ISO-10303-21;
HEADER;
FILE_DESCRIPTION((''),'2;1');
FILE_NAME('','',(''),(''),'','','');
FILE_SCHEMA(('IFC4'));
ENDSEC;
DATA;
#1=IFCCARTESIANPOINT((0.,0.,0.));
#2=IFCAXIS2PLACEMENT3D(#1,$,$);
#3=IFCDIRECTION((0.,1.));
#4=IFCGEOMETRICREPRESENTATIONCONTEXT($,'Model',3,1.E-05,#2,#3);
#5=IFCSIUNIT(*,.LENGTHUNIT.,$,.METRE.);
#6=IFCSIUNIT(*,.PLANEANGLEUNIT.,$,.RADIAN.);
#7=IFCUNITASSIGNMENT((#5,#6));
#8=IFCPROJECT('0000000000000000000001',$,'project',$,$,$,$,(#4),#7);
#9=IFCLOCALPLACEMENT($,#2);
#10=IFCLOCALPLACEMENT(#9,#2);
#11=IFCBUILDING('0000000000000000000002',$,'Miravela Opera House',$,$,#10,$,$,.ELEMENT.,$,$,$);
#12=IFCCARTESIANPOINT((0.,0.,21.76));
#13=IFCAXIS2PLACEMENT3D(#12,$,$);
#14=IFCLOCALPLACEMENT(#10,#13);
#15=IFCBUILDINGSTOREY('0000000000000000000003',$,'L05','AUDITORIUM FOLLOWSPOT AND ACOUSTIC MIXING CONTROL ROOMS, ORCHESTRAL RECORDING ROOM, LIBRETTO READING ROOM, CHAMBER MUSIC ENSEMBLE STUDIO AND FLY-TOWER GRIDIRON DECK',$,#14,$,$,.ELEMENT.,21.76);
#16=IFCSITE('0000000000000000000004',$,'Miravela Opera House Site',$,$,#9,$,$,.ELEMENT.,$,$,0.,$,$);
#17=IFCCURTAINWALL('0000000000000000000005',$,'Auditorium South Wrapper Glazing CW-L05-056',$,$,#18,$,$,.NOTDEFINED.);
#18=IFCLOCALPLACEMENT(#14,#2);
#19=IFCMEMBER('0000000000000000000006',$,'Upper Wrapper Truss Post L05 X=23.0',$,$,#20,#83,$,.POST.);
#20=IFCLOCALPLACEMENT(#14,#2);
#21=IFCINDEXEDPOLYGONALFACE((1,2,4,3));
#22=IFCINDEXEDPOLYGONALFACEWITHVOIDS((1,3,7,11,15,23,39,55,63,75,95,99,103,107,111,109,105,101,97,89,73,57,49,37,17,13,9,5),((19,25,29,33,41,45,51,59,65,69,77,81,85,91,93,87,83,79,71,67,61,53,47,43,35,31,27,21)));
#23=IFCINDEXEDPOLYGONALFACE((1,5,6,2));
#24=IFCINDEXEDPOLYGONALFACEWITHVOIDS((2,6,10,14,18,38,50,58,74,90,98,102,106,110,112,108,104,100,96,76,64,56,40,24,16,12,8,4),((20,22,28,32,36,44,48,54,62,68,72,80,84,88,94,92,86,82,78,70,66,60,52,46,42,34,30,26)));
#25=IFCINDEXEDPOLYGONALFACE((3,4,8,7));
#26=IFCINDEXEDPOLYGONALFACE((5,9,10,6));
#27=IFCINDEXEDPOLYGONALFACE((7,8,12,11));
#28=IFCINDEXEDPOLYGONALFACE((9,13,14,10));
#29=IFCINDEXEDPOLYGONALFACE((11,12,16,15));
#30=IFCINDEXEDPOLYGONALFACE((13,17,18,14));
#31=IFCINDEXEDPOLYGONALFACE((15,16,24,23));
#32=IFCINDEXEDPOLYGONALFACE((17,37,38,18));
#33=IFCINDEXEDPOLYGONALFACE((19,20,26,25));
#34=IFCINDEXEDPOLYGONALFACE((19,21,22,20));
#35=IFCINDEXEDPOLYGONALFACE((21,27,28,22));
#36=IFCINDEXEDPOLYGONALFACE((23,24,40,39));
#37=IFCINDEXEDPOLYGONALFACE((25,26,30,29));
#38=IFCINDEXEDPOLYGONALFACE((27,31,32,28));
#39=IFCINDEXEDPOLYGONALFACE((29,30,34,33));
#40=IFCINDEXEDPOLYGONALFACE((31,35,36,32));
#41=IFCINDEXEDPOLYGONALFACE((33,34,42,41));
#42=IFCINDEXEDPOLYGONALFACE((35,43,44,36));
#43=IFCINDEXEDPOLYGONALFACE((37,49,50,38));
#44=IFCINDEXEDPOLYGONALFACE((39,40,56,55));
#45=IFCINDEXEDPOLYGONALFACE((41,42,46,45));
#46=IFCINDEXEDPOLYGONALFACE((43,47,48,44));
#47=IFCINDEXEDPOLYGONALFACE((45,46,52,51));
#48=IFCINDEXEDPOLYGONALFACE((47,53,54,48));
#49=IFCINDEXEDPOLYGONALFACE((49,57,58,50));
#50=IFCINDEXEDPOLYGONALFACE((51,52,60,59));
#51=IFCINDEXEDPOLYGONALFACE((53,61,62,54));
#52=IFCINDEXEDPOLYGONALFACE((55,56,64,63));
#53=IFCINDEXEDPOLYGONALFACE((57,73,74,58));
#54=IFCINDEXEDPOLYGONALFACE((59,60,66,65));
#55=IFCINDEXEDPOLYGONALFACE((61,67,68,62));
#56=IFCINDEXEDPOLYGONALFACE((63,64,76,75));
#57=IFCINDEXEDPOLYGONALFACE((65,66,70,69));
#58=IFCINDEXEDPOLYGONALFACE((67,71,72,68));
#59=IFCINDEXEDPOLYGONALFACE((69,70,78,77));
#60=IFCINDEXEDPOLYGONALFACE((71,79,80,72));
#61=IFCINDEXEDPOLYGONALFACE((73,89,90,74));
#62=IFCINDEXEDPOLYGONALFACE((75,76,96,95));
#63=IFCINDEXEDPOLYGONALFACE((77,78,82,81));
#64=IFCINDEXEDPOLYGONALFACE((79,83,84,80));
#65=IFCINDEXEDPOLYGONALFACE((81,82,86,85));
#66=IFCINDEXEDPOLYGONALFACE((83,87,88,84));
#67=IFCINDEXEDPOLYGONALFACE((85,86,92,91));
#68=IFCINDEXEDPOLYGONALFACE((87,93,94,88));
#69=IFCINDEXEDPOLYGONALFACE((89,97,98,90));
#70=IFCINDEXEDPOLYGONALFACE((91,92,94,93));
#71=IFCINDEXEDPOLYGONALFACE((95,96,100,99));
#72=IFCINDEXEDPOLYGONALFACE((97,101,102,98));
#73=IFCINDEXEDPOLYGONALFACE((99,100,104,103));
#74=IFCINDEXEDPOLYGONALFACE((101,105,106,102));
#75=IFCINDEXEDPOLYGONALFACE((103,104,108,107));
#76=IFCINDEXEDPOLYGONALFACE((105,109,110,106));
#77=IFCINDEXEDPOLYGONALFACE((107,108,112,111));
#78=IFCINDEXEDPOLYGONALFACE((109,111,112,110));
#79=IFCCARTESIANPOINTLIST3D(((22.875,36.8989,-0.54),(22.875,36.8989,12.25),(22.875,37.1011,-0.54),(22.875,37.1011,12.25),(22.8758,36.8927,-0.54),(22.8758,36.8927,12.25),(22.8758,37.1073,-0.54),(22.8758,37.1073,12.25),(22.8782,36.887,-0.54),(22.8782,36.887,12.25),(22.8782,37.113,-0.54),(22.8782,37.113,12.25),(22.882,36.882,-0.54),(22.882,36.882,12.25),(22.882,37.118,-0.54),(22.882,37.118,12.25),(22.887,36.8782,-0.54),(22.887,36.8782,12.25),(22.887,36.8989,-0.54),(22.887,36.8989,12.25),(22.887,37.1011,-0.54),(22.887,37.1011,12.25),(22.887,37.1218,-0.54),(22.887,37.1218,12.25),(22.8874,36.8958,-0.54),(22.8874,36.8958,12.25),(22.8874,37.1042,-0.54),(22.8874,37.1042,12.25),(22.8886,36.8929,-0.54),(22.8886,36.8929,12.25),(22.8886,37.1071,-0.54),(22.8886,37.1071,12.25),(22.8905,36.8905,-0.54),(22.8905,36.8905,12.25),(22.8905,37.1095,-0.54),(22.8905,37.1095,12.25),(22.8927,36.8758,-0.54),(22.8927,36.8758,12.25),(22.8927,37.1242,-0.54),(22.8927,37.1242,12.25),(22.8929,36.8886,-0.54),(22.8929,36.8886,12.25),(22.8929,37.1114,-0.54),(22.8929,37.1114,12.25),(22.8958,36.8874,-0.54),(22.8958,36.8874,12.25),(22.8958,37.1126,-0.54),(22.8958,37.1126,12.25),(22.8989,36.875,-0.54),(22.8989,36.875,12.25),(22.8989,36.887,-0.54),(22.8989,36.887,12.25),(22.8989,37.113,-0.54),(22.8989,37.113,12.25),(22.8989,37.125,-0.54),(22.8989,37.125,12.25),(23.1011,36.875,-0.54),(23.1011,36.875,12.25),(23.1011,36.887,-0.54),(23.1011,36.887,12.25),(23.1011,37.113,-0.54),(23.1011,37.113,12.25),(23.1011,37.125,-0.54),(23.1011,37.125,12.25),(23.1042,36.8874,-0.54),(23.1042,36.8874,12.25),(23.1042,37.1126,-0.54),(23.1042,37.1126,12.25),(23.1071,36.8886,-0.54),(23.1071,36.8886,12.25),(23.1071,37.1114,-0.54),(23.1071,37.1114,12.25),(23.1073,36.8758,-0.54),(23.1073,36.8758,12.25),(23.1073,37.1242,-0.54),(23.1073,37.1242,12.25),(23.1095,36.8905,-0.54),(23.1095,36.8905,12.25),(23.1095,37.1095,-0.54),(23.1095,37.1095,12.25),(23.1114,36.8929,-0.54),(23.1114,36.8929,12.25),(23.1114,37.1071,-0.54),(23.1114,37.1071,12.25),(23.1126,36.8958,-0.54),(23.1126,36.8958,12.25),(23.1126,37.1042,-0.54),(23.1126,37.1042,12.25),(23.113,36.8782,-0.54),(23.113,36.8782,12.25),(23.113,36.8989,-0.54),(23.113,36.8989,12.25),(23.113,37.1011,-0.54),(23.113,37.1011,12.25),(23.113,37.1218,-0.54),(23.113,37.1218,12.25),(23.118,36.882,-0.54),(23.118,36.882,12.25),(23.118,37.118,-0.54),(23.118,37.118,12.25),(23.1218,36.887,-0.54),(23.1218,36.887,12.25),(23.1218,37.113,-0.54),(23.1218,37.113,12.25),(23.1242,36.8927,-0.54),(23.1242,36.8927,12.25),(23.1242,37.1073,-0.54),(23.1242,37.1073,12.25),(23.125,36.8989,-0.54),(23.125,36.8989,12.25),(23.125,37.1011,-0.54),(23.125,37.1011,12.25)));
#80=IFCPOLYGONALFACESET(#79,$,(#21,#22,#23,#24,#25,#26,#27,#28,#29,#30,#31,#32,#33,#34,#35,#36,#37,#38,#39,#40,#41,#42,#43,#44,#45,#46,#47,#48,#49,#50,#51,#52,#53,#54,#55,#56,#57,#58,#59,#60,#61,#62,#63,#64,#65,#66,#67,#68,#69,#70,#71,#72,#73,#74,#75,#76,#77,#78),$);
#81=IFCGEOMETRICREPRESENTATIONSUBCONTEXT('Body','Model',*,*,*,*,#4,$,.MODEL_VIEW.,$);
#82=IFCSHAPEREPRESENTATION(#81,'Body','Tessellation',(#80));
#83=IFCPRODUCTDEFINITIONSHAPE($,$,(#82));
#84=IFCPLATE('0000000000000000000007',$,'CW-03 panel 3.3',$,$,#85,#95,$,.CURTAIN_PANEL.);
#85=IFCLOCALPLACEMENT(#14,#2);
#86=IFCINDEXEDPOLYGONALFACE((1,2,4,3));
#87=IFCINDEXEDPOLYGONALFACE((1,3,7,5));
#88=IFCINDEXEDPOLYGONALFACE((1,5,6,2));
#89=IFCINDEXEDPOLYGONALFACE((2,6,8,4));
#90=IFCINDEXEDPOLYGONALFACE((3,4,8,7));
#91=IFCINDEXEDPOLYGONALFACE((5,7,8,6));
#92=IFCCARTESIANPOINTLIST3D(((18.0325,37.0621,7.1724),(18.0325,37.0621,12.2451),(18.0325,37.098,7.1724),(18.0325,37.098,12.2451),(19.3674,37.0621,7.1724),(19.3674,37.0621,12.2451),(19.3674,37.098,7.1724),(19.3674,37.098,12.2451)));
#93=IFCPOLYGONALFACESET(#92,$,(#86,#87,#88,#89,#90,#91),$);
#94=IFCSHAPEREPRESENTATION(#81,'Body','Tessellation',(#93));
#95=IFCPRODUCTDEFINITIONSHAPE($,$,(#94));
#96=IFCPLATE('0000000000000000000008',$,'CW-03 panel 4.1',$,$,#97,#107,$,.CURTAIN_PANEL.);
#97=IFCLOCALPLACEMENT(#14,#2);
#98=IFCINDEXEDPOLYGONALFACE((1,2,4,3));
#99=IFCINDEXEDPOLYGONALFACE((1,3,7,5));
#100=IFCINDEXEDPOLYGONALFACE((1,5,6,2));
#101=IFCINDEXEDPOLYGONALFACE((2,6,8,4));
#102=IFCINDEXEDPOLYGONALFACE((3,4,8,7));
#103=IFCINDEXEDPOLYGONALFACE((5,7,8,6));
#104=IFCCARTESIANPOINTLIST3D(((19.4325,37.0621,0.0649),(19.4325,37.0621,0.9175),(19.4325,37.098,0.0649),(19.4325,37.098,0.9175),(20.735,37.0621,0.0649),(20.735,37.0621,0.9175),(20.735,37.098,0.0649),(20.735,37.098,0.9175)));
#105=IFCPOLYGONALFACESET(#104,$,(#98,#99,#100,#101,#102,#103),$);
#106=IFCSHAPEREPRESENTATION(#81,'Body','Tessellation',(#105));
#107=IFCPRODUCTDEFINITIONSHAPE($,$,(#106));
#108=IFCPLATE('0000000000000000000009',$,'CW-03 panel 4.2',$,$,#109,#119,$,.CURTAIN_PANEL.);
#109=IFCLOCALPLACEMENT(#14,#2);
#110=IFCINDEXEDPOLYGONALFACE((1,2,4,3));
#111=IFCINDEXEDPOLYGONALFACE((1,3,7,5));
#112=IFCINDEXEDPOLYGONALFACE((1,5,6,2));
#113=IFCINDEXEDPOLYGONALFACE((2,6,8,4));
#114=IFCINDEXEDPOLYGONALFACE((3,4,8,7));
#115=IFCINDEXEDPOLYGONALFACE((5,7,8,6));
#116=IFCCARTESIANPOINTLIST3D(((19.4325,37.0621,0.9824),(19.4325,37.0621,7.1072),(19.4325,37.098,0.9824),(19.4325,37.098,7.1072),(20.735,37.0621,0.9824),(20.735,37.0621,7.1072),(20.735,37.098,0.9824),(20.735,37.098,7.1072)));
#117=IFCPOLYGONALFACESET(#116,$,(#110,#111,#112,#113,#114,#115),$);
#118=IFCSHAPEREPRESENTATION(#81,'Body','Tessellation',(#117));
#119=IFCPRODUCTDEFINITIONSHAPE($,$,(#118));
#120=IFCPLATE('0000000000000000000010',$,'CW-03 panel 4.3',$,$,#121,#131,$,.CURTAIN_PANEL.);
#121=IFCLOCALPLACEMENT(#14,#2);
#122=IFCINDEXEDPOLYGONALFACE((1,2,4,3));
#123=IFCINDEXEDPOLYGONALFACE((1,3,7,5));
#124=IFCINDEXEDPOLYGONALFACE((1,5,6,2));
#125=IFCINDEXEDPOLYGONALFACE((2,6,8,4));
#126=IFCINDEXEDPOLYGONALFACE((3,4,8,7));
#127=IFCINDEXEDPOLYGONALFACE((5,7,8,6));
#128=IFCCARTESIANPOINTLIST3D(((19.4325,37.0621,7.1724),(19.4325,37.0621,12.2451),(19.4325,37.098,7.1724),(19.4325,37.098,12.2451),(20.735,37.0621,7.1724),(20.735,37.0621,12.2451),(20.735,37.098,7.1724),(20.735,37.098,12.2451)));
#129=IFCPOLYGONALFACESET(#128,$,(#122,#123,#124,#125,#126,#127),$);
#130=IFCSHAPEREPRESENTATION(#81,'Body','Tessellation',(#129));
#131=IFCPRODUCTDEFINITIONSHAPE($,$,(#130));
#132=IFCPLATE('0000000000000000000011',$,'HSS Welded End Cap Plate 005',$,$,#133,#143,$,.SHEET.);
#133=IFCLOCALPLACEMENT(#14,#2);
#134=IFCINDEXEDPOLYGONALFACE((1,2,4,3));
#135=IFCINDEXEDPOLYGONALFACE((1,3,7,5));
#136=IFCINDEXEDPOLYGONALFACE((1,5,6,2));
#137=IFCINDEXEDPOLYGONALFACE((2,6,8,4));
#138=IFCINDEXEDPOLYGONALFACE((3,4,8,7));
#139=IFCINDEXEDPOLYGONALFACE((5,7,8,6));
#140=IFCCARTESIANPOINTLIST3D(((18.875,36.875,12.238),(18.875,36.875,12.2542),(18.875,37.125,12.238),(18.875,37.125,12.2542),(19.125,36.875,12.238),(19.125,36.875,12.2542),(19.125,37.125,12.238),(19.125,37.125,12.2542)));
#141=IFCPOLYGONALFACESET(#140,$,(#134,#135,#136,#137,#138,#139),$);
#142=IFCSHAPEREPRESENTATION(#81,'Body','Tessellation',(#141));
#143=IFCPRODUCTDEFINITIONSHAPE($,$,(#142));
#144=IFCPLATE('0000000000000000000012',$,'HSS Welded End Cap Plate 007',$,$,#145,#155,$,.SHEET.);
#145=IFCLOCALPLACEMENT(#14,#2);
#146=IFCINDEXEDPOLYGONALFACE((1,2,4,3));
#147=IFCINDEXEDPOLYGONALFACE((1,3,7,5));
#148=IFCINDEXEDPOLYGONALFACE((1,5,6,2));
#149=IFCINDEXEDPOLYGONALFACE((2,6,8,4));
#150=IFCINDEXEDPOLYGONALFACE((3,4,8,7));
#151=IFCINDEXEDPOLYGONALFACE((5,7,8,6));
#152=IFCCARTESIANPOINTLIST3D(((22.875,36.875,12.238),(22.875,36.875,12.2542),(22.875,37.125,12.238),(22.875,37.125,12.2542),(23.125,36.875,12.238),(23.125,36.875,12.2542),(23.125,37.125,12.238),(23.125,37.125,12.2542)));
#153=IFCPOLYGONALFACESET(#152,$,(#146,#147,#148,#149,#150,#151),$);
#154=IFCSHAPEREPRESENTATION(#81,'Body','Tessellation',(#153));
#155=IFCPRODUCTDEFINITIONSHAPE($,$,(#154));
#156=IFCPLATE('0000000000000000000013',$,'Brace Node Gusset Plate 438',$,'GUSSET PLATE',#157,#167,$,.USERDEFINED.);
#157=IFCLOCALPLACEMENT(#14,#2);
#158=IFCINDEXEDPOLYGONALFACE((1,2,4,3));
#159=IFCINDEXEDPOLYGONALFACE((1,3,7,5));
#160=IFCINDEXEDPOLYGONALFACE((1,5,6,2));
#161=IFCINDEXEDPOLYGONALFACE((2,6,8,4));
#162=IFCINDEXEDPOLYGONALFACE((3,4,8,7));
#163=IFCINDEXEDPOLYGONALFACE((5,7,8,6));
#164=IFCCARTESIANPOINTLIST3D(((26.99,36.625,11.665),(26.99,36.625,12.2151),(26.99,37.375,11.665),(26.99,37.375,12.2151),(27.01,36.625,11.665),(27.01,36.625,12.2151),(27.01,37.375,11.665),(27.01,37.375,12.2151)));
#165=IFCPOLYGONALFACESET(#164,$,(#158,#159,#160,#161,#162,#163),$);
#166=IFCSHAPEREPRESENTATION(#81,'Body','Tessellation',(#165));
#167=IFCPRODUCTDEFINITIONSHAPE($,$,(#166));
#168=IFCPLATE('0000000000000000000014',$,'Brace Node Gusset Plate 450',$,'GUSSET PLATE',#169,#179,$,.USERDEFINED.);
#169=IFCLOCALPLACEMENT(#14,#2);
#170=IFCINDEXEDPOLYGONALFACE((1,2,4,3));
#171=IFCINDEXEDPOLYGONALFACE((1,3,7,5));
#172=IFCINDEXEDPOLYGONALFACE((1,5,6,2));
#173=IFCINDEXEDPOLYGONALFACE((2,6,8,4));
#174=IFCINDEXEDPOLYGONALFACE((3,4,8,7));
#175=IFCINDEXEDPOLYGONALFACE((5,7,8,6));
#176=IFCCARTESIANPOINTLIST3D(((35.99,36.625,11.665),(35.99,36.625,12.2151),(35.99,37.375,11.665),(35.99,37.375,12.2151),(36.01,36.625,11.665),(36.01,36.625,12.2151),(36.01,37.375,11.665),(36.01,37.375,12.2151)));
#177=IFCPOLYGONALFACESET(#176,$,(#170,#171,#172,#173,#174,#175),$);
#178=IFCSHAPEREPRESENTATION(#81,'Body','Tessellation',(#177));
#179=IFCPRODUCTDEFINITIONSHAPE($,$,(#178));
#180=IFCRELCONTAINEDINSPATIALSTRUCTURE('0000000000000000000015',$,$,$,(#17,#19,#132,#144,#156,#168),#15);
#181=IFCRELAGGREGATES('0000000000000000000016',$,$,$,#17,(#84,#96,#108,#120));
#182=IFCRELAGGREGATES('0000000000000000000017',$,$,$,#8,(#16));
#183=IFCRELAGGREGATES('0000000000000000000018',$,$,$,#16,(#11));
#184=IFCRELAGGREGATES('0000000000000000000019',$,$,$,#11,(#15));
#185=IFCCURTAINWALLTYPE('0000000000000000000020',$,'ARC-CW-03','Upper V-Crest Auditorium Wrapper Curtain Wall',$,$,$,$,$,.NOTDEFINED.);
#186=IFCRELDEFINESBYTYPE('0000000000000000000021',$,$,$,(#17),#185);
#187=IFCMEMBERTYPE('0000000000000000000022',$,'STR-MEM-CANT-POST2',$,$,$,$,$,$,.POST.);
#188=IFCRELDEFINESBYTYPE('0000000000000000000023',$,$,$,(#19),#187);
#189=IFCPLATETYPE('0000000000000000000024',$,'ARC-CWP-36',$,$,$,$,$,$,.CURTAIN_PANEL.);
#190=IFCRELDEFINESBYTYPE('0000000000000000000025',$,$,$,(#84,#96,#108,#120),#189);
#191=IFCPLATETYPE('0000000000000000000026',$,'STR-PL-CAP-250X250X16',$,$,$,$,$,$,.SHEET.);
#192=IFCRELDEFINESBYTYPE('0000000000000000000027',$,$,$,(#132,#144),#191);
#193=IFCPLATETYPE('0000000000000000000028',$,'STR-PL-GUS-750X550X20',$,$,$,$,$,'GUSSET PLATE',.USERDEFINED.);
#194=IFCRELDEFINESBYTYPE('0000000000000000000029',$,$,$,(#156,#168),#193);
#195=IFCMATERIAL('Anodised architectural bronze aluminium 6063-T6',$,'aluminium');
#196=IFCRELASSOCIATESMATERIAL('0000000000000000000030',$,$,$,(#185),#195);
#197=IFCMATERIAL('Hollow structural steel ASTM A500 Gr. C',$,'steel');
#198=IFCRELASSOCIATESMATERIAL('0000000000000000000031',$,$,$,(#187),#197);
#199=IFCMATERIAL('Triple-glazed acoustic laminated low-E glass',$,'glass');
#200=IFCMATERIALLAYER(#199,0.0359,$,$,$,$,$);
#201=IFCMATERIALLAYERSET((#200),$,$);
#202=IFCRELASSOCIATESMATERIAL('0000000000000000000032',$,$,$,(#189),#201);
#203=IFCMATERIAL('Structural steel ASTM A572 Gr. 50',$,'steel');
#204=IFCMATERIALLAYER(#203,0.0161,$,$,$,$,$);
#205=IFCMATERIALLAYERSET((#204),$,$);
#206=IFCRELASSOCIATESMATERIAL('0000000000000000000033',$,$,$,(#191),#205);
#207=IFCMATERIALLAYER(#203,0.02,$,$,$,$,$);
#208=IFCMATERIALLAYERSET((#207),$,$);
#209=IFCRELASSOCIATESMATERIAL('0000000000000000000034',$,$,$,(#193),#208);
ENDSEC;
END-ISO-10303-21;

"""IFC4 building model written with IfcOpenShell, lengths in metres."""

from ifc_helpers import new_model, si_unit, direction, frame, origin, origin_2d, place, context, subcontext, project, spatial, rectangle, hollow_rectangle, extrude, material, layer, layer_set, material_profile, profile_set, type_object, element, aggregate, save


model = new_model("IFC4")

# Units and contexts
model_context = context("Model", 3, precision=1e-05, world=origin(), true_north=direction((0.0, 1.0)))
body_context = subcontext(model_context, "Body", "Model", "MODEL_VIEW")
ifc_project = project(units=[si_unit("LENGTHUNIT", "METRE"), si_unit("PLANEANGLEUNIT", "RADIAN")], contexts=[model_context])

# Site, building, storey
site_placement = place(None, origin())
site = spatial("IfcSite", under=ifc_project, at=site_placement, Name="Miravela Opera House Site", CompositionType="ELEMENT", RefElevation=0.0)
building_placement = place(site_placement, origin())
building = spatial("IfcBuilding", under=site, at=building_placement, Name="Miravela Opera House", CompositionType="ELEMENT")
storey_placement = place(building_placement, frame((0.0, 0.0, 21.76)))
storey = spatial("IfcBuildingStorey", under=building, at=storey_placement, Name="L05", Description="AUDITORIUM FOLLOWSPOT AND ACOUSTIC MIXING CONTROL ROOMS, ORCHESTRAL RECORDING ROOM, LIBRETTO READING ROOM, CHAMBER MUSIC ENSEMBLE STUDIO AND FLY-TOWER GRIDIRON DECK", CompositionType="ELEMENT", Elevation=21.76)

# Curtain wall
ifc_material_1 = material(Name="Anodised architectural bronze aluminium 6063-T6", Category="aluminium")
curtain_wall_type = type_object("IfcCurtainWallType", Name="ARC-CW-03", Description="Upper V-Crest Auditorium Wrapper Curtain Wall", PredefinedType="NOTDEFINED", material=ifc_material_1)
curtain_wall_1_placement = place(storey_placement, origin())
curtain_wall_1 = element("IfcCurtainWall", 1, at=curtain_wall_1_placement, inside=storey, type_object=curtain_wall_type, Name="Auditorium South Wrapper Glazing CW-L05-056", PredefinedType="NOTDEFINED")

# Member
ifc_material_2 = material(Name="Hollow structural steel ASTM A500 Gr. C", Category="steel")
ifc_material_profile_1 = material_profile(ifc_material_2, hollow_rectangle(XDim=0.25, YDim=0.25, WallThickness=0.012, InnerFilletRadius=0.012, OuterFilletRadius=0.0239, at=origin_2d()), Name="HSS250X250X12")
ifc_profile_set_1 = profile_set([ifc_material_profile_1])
member_type_1 = type_object("IfcMemberType", Name="STR-MEM-CANT-POST2", PredefinedType="POST", material=ifc_profile_set_1)
member_1_placement = place(storey_placement, frame((23.0, 37.0, -0.54), z_axis=(0.0, 0.0, 1.0), x_axis=(1.0, 0.0, 0.0)))
element("IfcMember", 2, at=member_1_placement, inside=storey, type_object=member_type_1, Name="Upper Wrapper Truss Post L05 X=23.0", PredefinedType="POST", context=body_context, shape_type="SweptSolid", body=[
    extrude(hollow_rectangle(XDim=0.25, YDim=0.25, WallThickness=0.012, InnerFilletRadius=0.012, OuterFilletRadius=0.0239, at=origin_2d()), origin(), (0.0, 0.0, 1.0), 12.79),
])

# Plates
ifc_material_3 = material(Name="Triple-glazed acoustic laminated low-E glass", Category="glass")
ifc_layer_1 = layer(ifc_material_3, 0.0359)
ifc_layer_set_1 = layer_set([ifc_layer_1])
plate_type_1 = type_object("IfcPlateType", Name="ARC-CWP-36", PredefinedType="CURTAIN_PANEL", material=ifc_layer_set_1)
plate_1_placement = place(storey_placement, frame((18.7, 37.0801, 7.1724), z_axis=(0.0, 0.0, 1.0), x_axis=(1.0, 0.0, 0.0)))
plate_1 = element("IfcPlate", 3, at=plate_1_placement, type_object=plate_type_1, Name="CW-03 panel 3.3", PredefinedType="CURTAIN_PANEL", context=body_context, shape_type="SweptSolid", body=[
    extrude(rectangle(XDim=1.335, YDim=0.0359, at=origin_2d()), origin(), (0.0, 0.0, 1.0), 5.0728),
])
plate_2_placement = place(storey_placement, frame((20.0837, 37.0801, 0.0649), z_axis=(0.0, 0.0, 1.0), x_axis=(1.0, 0.0, 0.0)))
plate_2 = element("IfcPlate", 4, at=plate_2_placement, type_object=plate_type_1, Name="CW-03 panel 4.1", PredefinedType="CURTAIN_PANEL", context=body_context, shape_type="SweptSolid", body=[
    extrude(rectangle(XDim=1.3025, YDim=0.0359, at=origin_2d()), origin(), (0.0, 0.0, 1.0), 0.8525),
])
plate_3_placement = place(storey_placement, frame((20.0837, 37.0801, 0.9824), z_axis=(0.0, 0.0, 1.0), x_axis=(1.0, 0.0, 0.0)))
plate_3 = element("IfcPlate", 5, at=plate_3_placement, type_object=plate_type_1, Name="CW-03 panel 4.2", PredefinedType="CURTAIN_PANEL", context=body_context, shape_type="SweptSolid", body=[
    extrude(rectangle(XDim=1.3025, YDim=0.0359, at=origin_2d()), origin(), (0.0, 0.0, 1.0), 6.1248),
])
plate_4_placement = place(storey_placement, frame((20.0837, 37.0801, 7.1724), z_axis=(0.0, 0.0, 1.0), x_axis=(1.0, 0.0, 0.0)))
plate_4 = element("IfcPlate", 6, at=plate_4_placement, type_object=plate_type_1, Name="CW-03 panel 4.3", PredefinedType="CURTAIN_PANEL", context=body_context, shape_type="SweptSolid", body=[
    extrude(rectangle(XDim=1.3025, YDim=0.0359, at=origin_2d()), origin(), (0.0, 0.0, 1.0), 5.0728),
])
aggregate(curtain_wall_1, [plate_1, plate_2, plate_3, plate_4])

# Plates
ifc_material_4 = material(Name="Structural steel ASTM A572 Gr. 50", Category="steel")
ifc_layer_2 = layer(ifc_material_4, 0.0161)
ifc_layer_set_2 = layer_set([ifc_layer_2])
plate_type_2 = type_object("IfcPlateType", Name="STR-PL-CAP-250X250X16", PredefinedType="SHEET", material=ifc_layer_set_2)
for number, where, z_axis, x_axis, name in (
    (7, (19.0, 37.0, 12.238), (0.0, 0.0, 1.0), (1.0, 0.0, 0.0), "HSS Welded End Cap Plate 005"),
    (8, (23.0, 37.0, 12.238), (0.0, 0.0, 1.0), (1.0, 0.0, 0.0), "HSS Welded End Cap Plate 007"),
):
    element("IfcPlate", number, at=place(storey_placement, frame(where, z_axis=z_axis, x_axis=x_axis)), inside=storey, type_object=plate_type_2, Name=name, PredefinedType="SHEET", context=body_context, shape_type="SweptSolid", body=[
        extrude(rectangle(XDim=0.25, YDim=0.25, at=origin_2d()), origin(), (0.0, 0.0, 1.0), 0.0161),
    ])
ifc_layer_3 = layer(ifc_material_4, 0.02)
ifc_layer_set_3 = layer_set([ifc_layer_3])
plate_type_3 = type_object("IfcPlateType", Name="STR-PL-GUS-750X550X20", ElementType="GUSSET PLATE", PredefinedType="USERDEFINED", material=ifc_layer_set_3)
for number, where, z_axis, x_axis, name in (
    (9, (27.0, 37.0, 11.665), (0.0, 0.0, 1.0), (0.0, 1.0, 0.0), "Brace Node Gusset Plate 438"),
    (10, (36.0, 37.0, 11.665), (0.0, 0.0, 1.0), (0.0, 1.0, 0.0), "Brace Node Gusset Plate 450"),
):
    element("IfcPlate", number, at=place(storey_placement, frame(where, z_axis=z_axis, x_axis=x_axis)), inside=storey, type_object=plate_type_3, Name=name, ObjectType="GUSSET PLATE", PredefinedType="USERDEFINED", context=body_context, shape_type="SweptSolid", body=[
        extrude(rectangle(XDim=0.75, YDim=0.02, at=origin_2d()), origin(), (0.0, 0.0, 1.0), 0.55),
    ])

save(model, "model.ifc")
